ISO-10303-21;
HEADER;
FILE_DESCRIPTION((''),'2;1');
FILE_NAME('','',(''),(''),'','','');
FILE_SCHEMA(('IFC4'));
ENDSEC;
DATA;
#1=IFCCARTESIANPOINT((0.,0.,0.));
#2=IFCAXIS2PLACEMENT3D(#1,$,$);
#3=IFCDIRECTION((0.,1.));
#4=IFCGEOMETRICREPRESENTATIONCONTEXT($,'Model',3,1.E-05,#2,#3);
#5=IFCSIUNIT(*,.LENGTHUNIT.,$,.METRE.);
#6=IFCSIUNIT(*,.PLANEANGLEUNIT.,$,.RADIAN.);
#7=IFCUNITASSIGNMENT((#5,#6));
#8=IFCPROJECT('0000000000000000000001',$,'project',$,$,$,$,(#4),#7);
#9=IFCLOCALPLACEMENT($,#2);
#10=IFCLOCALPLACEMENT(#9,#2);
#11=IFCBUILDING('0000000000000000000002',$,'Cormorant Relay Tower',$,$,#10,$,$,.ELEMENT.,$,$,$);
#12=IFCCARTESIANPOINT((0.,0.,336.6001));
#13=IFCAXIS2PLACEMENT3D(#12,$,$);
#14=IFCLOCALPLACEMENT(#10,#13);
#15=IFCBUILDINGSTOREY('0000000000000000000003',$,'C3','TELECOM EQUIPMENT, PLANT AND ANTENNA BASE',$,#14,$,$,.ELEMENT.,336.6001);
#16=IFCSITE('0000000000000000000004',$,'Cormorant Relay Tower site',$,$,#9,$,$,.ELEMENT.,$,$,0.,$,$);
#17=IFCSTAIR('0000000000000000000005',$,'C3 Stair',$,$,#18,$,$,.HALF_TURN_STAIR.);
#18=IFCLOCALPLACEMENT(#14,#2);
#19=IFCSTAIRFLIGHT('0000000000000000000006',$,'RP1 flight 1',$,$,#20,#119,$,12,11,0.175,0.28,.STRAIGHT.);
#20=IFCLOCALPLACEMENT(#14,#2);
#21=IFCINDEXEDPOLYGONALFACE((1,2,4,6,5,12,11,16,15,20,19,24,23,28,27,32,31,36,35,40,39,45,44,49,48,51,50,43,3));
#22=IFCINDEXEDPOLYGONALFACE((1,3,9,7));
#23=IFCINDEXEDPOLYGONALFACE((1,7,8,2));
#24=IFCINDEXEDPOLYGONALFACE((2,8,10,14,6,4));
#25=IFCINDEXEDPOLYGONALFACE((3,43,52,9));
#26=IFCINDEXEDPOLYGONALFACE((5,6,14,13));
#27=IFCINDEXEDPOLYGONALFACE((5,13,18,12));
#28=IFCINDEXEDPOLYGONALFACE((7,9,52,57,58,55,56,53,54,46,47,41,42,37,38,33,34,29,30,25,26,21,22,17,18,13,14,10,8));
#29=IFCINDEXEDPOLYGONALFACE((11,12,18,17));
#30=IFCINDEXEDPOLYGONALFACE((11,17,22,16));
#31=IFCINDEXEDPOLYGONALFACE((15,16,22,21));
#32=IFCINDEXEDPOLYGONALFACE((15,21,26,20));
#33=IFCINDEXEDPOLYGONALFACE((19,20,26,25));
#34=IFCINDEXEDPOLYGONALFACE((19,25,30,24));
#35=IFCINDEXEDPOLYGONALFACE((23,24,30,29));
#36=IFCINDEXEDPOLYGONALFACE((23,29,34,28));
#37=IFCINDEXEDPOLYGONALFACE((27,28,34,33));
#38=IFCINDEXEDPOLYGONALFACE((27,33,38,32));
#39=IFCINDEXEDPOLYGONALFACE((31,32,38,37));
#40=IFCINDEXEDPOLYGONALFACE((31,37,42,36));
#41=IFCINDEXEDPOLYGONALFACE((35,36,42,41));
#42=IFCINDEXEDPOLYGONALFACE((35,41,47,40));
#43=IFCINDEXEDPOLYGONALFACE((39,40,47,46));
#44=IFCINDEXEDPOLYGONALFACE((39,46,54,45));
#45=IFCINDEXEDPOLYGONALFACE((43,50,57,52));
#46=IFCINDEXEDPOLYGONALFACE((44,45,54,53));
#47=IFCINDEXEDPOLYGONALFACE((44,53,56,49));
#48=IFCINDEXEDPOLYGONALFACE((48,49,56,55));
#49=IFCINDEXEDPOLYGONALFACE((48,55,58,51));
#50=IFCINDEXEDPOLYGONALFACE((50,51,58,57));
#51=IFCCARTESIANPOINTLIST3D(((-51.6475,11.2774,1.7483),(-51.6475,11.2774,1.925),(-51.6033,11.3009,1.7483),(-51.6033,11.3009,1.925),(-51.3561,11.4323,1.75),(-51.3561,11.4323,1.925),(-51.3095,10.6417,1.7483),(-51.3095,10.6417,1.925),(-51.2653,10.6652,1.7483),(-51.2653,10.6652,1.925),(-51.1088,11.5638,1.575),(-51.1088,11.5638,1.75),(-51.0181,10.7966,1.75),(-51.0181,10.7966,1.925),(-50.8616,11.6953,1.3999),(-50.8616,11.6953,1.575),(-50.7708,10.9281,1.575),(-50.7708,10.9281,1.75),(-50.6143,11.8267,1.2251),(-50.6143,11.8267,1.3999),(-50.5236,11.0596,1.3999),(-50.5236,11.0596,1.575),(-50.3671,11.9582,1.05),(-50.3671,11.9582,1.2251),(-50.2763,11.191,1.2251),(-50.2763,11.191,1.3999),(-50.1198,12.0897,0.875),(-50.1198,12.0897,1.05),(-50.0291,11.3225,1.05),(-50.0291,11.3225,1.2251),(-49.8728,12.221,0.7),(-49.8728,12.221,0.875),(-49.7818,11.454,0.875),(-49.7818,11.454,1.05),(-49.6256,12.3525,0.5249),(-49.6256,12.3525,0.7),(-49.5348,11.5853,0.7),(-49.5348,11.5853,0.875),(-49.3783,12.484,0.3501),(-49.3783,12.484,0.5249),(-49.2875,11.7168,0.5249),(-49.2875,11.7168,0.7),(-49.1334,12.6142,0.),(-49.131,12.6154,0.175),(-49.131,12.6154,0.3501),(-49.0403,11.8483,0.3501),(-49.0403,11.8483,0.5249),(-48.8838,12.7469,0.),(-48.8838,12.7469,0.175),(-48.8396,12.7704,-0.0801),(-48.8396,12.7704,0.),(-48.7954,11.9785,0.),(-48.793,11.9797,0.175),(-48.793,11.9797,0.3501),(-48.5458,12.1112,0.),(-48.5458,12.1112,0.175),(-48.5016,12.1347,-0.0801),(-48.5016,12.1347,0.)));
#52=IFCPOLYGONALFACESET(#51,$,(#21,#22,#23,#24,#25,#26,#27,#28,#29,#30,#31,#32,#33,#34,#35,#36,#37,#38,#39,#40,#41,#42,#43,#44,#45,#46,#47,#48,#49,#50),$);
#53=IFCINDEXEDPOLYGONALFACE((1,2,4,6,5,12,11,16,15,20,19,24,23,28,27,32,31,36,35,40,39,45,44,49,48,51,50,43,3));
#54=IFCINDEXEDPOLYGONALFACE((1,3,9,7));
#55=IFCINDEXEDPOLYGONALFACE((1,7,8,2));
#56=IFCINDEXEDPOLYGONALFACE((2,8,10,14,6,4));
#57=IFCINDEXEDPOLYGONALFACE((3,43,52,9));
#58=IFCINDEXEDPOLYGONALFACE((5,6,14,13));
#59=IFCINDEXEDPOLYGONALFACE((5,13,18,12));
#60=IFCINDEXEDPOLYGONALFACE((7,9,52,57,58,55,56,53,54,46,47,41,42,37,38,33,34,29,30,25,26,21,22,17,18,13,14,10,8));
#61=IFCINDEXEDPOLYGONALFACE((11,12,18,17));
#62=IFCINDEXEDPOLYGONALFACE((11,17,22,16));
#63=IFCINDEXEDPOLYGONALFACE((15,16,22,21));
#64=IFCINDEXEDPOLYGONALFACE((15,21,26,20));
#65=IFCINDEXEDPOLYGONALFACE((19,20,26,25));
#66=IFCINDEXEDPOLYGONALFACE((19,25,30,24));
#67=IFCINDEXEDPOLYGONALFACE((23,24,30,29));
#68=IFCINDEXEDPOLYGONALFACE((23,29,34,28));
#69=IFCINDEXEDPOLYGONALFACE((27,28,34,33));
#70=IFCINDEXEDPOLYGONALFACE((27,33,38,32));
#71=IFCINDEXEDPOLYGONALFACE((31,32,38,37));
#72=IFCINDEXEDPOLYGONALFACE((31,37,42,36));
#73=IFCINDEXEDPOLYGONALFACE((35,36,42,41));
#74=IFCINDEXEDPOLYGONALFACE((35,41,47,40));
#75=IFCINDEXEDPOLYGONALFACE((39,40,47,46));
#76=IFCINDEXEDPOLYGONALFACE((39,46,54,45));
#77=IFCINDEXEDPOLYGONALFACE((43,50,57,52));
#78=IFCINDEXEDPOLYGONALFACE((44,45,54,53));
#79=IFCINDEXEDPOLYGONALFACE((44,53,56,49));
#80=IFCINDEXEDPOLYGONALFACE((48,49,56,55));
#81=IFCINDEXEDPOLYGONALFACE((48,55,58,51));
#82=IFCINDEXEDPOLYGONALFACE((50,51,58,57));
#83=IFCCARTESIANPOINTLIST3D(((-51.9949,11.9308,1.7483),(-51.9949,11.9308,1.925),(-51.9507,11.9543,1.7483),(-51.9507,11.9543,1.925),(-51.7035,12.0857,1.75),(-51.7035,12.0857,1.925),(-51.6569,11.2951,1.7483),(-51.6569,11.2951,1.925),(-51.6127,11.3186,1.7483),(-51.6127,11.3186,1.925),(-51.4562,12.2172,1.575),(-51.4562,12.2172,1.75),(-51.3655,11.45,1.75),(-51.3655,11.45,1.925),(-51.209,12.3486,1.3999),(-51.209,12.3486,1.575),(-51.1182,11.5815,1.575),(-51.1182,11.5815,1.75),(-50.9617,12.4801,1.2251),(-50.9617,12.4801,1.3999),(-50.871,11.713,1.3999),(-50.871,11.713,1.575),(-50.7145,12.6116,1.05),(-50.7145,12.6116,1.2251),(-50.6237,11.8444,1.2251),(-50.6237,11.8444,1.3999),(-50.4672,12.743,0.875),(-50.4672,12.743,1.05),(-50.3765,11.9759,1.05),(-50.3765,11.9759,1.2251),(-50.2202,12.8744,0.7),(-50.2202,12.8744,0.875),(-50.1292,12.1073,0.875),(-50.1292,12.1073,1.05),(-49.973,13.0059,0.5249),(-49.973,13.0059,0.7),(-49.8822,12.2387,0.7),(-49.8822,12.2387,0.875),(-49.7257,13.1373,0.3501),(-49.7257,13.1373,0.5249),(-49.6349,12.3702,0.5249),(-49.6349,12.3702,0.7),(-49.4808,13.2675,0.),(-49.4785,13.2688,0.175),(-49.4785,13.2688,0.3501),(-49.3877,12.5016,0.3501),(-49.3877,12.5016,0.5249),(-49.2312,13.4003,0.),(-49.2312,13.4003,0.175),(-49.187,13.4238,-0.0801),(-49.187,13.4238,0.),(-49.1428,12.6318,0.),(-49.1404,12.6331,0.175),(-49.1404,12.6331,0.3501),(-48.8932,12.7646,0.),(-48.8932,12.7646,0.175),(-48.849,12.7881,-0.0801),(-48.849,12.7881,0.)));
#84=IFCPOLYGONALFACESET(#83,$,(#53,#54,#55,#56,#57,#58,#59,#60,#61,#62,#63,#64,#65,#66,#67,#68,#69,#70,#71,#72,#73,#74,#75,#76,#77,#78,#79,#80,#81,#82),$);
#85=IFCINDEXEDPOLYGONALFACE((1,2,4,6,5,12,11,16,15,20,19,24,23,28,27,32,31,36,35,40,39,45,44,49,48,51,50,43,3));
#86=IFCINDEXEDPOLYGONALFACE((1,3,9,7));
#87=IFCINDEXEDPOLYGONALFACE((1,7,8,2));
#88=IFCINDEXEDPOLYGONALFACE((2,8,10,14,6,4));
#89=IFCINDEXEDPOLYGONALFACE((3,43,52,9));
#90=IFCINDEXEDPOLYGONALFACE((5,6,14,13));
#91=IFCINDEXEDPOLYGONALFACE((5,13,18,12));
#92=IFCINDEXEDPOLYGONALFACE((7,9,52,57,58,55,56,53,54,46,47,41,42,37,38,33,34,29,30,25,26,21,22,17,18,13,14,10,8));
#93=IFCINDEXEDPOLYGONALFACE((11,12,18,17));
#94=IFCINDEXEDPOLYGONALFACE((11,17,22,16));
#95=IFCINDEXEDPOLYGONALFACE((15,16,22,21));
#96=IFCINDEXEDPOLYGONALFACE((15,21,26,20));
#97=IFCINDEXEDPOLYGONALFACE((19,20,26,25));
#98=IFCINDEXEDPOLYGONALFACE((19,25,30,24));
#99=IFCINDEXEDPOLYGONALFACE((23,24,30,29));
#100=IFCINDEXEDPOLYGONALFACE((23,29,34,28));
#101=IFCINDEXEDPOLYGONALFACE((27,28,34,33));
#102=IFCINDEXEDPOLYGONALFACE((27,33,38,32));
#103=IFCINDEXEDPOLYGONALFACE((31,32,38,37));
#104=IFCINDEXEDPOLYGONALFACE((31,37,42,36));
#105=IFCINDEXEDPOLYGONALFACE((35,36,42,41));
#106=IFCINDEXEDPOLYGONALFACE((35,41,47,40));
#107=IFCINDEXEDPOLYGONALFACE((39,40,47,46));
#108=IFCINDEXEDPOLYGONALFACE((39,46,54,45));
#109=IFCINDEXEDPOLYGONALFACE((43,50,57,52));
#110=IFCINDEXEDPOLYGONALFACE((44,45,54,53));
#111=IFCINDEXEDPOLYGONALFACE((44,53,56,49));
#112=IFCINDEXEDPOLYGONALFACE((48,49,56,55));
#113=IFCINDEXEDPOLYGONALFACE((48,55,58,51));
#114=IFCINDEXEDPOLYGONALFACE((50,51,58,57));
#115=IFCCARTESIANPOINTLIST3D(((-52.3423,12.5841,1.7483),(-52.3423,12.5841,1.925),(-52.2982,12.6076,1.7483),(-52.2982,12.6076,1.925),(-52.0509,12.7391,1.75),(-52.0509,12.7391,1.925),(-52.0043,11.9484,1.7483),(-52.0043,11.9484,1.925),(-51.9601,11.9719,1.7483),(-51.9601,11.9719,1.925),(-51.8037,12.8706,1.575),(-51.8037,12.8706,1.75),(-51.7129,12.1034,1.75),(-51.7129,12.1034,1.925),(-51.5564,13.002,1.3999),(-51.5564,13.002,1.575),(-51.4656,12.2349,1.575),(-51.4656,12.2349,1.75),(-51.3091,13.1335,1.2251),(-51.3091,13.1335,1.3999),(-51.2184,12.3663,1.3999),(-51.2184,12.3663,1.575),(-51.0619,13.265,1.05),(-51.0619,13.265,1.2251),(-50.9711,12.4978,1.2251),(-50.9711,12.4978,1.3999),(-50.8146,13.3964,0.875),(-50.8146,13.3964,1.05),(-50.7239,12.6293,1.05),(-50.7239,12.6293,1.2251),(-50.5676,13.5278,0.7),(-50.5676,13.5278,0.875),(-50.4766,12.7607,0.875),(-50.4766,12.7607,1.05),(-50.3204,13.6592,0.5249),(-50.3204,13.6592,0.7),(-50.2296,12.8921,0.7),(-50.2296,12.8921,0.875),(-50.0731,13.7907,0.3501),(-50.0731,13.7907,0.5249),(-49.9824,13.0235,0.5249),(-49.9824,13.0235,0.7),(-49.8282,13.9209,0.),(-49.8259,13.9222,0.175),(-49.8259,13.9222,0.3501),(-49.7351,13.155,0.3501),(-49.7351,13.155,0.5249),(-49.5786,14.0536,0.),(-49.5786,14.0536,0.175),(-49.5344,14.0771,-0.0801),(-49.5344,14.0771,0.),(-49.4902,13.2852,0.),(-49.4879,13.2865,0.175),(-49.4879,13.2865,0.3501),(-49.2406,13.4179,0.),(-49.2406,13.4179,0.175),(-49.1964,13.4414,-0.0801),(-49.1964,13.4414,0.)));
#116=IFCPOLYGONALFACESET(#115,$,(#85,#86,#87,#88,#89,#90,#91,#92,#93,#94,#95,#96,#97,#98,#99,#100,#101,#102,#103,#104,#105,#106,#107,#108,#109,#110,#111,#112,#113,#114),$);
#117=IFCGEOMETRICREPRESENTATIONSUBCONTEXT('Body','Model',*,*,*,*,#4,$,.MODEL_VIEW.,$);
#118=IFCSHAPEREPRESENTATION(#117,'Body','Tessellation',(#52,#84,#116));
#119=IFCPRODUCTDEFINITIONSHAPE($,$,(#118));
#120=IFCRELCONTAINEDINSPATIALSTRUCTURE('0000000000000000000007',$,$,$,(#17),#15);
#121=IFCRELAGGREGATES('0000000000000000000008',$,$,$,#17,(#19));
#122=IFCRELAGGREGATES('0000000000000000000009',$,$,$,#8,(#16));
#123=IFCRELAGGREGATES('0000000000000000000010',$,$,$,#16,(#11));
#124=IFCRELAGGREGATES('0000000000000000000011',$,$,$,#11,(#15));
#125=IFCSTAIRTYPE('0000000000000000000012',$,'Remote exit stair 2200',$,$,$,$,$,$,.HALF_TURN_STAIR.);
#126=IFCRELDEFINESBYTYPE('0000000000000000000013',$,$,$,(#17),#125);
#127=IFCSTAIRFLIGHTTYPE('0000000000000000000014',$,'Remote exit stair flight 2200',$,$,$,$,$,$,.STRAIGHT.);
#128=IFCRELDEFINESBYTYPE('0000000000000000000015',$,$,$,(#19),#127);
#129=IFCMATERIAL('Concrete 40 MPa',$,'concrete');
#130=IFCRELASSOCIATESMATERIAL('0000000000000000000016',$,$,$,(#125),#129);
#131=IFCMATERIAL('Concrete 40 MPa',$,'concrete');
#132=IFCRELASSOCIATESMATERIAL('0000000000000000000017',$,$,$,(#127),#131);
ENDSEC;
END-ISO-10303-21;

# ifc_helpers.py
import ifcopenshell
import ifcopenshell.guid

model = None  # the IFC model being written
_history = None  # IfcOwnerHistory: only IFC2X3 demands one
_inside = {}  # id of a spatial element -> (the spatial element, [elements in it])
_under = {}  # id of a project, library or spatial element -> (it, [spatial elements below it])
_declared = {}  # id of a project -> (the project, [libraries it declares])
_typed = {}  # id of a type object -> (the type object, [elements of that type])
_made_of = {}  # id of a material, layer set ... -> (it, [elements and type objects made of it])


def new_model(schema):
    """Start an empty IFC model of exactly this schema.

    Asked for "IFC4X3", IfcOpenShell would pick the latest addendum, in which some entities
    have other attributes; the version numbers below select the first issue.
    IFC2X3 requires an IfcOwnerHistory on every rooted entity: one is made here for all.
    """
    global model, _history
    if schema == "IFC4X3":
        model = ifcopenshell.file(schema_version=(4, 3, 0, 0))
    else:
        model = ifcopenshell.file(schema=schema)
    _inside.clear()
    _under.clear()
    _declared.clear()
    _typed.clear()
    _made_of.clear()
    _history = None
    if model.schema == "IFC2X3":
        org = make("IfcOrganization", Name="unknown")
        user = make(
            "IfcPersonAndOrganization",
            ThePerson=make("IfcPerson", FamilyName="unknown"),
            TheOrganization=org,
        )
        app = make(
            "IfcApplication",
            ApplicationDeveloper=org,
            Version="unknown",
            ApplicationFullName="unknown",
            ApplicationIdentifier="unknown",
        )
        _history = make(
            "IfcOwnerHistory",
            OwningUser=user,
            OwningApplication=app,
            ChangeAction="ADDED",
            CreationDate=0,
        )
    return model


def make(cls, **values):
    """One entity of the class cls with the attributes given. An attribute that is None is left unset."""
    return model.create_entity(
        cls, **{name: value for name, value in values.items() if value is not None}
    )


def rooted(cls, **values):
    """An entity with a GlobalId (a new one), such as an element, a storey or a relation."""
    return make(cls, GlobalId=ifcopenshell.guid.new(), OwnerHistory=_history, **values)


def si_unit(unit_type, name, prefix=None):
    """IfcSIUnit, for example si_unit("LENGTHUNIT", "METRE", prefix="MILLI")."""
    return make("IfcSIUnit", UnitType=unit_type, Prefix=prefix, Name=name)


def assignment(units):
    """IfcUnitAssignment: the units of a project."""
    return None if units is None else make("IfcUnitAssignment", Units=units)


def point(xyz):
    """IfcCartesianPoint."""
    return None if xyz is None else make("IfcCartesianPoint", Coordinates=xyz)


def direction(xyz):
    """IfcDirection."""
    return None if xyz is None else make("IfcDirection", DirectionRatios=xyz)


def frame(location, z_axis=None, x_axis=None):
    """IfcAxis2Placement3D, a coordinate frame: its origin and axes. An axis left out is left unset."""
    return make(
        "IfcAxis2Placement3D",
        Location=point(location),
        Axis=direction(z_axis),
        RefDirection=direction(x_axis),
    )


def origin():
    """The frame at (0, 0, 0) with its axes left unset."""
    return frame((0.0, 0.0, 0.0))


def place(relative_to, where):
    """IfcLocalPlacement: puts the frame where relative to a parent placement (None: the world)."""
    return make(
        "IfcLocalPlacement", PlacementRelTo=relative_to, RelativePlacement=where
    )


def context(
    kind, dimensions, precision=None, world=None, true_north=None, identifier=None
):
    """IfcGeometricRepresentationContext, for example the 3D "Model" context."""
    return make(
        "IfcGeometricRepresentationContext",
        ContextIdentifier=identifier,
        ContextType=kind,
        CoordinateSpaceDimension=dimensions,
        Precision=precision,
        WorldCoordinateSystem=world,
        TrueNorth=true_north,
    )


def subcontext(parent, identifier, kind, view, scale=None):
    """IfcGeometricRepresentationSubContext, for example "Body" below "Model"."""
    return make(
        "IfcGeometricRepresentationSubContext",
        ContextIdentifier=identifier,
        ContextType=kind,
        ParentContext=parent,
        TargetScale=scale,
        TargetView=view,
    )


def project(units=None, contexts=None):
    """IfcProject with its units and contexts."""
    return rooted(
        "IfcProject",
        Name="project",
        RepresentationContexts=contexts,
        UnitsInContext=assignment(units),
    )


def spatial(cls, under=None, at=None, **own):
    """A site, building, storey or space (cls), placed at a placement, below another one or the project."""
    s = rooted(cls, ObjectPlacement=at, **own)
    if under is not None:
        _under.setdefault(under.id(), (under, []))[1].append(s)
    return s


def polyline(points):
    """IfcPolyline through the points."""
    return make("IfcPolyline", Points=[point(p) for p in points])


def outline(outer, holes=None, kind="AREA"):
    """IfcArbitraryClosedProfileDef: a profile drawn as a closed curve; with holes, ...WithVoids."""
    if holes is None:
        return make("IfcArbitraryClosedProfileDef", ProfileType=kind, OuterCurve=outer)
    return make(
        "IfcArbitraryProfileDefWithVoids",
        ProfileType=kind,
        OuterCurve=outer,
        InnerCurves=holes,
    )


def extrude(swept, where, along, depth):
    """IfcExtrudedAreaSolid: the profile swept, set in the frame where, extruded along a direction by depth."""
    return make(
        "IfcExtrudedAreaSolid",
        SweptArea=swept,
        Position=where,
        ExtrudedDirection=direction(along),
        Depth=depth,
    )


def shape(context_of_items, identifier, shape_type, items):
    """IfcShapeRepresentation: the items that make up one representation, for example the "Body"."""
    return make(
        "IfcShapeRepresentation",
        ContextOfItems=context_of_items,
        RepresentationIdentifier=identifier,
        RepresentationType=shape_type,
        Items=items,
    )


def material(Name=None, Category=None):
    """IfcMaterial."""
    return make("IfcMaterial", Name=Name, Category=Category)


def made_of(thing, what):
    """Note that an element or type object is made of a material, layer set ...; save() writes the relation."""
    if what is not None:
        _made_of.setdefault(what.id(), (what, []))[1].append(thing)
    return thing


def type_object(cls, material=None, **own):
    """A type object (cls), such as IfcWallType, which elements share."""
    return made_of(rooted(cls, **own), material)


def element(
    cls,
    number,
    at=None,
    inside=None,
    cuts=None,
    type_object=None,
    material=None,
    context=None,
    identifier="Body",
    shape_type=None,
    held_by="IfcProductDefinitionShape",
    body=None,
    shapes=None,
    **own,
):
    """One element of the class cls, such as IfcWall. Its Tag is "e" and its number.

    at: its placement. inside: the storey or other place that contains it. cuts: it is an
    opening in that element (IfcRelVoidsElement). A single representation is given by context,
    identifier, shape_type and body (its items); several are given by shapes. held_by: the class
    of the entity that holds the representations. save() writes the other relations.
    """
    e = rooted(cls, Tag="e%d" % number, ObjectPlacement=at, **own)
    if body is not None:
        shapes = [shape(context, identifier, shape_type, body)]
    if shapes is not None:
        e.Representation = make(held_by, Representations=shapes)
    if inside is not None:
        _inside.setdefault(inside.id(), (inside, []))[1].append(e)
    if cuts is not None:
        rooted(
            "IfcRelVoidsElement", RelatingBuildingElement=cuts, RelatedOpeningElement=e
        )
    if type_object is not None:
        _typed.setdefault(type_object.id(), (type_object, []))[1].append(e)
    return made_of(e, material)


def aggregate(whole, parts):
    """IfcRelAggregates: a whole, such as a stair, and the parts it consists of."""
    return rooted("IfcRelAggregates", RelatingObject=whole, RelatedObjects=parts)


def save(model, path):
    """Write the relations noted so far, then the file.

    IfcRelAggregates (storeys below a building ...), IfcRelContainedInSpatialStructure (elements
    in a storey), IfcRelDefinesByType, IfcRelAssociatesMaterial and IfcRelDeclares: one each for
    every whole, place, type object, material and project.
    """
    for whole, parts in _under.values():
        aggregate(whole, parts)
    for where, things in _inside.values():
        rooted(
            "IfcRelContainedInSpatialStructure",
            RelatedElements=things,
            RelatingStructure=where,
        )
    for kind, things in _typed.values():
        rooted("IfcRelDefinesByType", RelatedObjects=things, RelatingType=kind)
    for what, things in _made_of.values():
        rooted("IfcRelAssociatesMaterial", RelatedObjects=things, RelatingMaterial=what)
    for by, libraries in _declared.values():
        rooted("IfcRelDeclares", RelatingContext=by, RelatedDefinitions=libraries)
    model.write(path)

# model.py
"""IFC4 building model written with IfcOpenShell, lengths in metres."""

from ifc_helpers import new_model, si_unit, direction, frame, origin, place, context, subcontext, project, spatial, polyline, outline, extrude, material, type_object, element, aggregate, save


model = new_model("IFC4")

# Units and contexts
model_context = context("Model", 3, precision=1e-05, world=origin(), true_north=direction((0.0, 1.0)))
body_context = subcontext(model_context, "Body", "Model", "MODEL_VIEW")
ifc_project = project(units=[si_unit("LENGTHUNIT", "METRE"), si_unit("PLANEANGLEUNIT", "RADIAN")], contexts=[model_context])

# Site, building, storey
site_placement = place(None, origin())
site = spatial("IfcSite", under=ifc_project, at=site_placement, Name="Cormorant Relay Tower site", CompositionType="ELEMENT", RefElevation=0.0)
building_placement = place(site_placement, origin())
building = spatial("IfcBuilding", under=site, at=building_placement, Name="Cormorant Relay Tower", CompositionType="ELEMENT")
storey_placement = place(building_placement, frame((0.0, 0.0, 336.6001)))
storey = spatial("IfcBuildingStorey", under=building, at=storey_placement, Name="C3", Description="TELECOM EQUIPMENT, PLANT AND ANTENNA BASE", CompositionType="ELEMENT", Elevation=336.6001)

# Stair, stair flight
ifc_material_1 = material(Name="Concrete 40 MPa", Category="concrete")
stair_type_1 = type_object("IfcStairType", Name="Remote exit stair 2200", PredefinedType="HALF_TURN_STAIR", material=ifc_material_1)
stair_1_placement = place(storey_placement, origin())
stair_1 = element("IfcStair", 1, at=stair_1_placement, inside=storey, type_object=stair_type_1, Name="C3 Stair", PredefinedType="HALF_TURN_STAIR")
ifc_material_2 = material(Name="Concrete 40 MPa", Category="concrete")
stair_flight_type_1 = type_object("IfcStairFlightType", Name="Remote exit stair flight 2200", PredefinedType="STRAIGHT", material=ifc_material_2)
stair_flight_1_placement = place(storey_placement, frame((-49.0623, 13.0825, 0.0), z_axis=(0.0, 0.0, 1.0), x_axis=(-0.882948, -0.469472, 0.0)))
stair_flight_1 = element("IfcStairFlight", 2, at=stair_flight_1_placement, type_object=stair_flight_type_1, Name="RP1 flight 1", NumberOfRisers=12, NumberOfTreads=11, PredefinedType="STRAIGHT", RiserHeight=0.175, TreadLength=0.28, context=body_context, shape_type="SweptSolid", body=[
    extrude(outline(polyline([(-0.05, -0.0801), (-0.05, 0.0), (0.0, 0.0), (0.0, 0.175), (0.28, 0.175), (0.28, 0.3501), (0.5601, 0.3501), (0.5601, 0.5249), (0.8401, 0.5249), (0.8401, 0.7), (1.1201, 0.7), (1.1201, 0.875), (1.3999, 0.875), (1.3999, 1.05), (1.6799, 1.05), (1.6799, 1.2251), (1.96, 1.2251), (1.96, 1.3999), (2.24, 1.3999), (2.24, 1.575), (2.52, 1.575), (2.52, 1.75), (2.8, 1.75), (2.8, 1.925), (3.0801, 1.925), (3.1301, 1.925), (3.1301, 1.7483), (3.0801, 1.7483), (0.2827, 0.0), (-0.05, -0.0801)])), frame((0.0, 1.1001, 0.0), z_axis=(0.0, -1.0, 0.0), x_axis=(1.0, 0.0, 0.0)), (0.0, 0.0, 1.0), 0.72),
    extrude(outline(polyline([(-0.05, -0.0801), (-0.05, 0.0), (0.0, 0.0), (0.0, 0.175), (0.28, 0.175), (0.28, 0.3501), (0.5601, 0.3501), (0.5601, 0.5249), (0.8401, 0.5249), (0.8401, 0.7), (1.1201, 0.7), (1.1201, 0.875), (1.3999, 0.875), (1.3999, 1.05), (1.6799, 1.05), (1.6799, 1.2251), (1.96, 1.2251), (1.96, 1.3999), (2.24, 1.3999), (2.24, 1.575), (2.52, 1.575), (2.52, 1.75), (2.8, 1.75), (2.8, 1.925), (3.0801, 1.925), (3.1301, 1.925), (3.1301, 1.7483), (3.0801, 1.7483), (0.2827, 0.0), (-0.05, -0.0801)])), frame((0.0, 0.3601, 0.0), z_axis=(0.0, -1.0, 0.0), x_axis=(1.0, 0.0, 0.0)), (0.0, 0.0, 1.0), 0.72),
    extrude(outline(polyline([(-0.05, -0.0801), (-0.05, 0.0), (0.0, 0.0), (0.0, 0.175), (0.28, 0.175), (0.28, 0.3501), (0.5601, 0.3501), (0.5601, 0.5249), (0.8401, 0.5249), (0.8401, 0.7), (1.1201, 0.7), (1.1201, 0.875), (1.3999, 0.875), (1.3999, 1.05), (1.6799, 1.05), (1.6799, 1.2251), (1.96, 1.2251), (1.96, 1.3999), (2.24, 1.3999), (2.24, 1.575), (2.52, 1.575), (2.52, 1.75), (2.8, 1.75), (2.8, 1.925), (3.0801, 1.925), (3.1301, 1.925), (3.1301, 1.7483), (3.0801, 1.7483), (0.2827, 0.0), (-0.05, -0.0801)])), frame((0.0, -0.3799, 0.0), z_axis=(0.0, -1.0, 0.0), x_axis=(1.0, 0.0, 0.0)), (0.0, 0.0, 1.0), 0.72),
])
aggregate(stair_1, [stair_flight_1])

save(model, "model.ifc")
